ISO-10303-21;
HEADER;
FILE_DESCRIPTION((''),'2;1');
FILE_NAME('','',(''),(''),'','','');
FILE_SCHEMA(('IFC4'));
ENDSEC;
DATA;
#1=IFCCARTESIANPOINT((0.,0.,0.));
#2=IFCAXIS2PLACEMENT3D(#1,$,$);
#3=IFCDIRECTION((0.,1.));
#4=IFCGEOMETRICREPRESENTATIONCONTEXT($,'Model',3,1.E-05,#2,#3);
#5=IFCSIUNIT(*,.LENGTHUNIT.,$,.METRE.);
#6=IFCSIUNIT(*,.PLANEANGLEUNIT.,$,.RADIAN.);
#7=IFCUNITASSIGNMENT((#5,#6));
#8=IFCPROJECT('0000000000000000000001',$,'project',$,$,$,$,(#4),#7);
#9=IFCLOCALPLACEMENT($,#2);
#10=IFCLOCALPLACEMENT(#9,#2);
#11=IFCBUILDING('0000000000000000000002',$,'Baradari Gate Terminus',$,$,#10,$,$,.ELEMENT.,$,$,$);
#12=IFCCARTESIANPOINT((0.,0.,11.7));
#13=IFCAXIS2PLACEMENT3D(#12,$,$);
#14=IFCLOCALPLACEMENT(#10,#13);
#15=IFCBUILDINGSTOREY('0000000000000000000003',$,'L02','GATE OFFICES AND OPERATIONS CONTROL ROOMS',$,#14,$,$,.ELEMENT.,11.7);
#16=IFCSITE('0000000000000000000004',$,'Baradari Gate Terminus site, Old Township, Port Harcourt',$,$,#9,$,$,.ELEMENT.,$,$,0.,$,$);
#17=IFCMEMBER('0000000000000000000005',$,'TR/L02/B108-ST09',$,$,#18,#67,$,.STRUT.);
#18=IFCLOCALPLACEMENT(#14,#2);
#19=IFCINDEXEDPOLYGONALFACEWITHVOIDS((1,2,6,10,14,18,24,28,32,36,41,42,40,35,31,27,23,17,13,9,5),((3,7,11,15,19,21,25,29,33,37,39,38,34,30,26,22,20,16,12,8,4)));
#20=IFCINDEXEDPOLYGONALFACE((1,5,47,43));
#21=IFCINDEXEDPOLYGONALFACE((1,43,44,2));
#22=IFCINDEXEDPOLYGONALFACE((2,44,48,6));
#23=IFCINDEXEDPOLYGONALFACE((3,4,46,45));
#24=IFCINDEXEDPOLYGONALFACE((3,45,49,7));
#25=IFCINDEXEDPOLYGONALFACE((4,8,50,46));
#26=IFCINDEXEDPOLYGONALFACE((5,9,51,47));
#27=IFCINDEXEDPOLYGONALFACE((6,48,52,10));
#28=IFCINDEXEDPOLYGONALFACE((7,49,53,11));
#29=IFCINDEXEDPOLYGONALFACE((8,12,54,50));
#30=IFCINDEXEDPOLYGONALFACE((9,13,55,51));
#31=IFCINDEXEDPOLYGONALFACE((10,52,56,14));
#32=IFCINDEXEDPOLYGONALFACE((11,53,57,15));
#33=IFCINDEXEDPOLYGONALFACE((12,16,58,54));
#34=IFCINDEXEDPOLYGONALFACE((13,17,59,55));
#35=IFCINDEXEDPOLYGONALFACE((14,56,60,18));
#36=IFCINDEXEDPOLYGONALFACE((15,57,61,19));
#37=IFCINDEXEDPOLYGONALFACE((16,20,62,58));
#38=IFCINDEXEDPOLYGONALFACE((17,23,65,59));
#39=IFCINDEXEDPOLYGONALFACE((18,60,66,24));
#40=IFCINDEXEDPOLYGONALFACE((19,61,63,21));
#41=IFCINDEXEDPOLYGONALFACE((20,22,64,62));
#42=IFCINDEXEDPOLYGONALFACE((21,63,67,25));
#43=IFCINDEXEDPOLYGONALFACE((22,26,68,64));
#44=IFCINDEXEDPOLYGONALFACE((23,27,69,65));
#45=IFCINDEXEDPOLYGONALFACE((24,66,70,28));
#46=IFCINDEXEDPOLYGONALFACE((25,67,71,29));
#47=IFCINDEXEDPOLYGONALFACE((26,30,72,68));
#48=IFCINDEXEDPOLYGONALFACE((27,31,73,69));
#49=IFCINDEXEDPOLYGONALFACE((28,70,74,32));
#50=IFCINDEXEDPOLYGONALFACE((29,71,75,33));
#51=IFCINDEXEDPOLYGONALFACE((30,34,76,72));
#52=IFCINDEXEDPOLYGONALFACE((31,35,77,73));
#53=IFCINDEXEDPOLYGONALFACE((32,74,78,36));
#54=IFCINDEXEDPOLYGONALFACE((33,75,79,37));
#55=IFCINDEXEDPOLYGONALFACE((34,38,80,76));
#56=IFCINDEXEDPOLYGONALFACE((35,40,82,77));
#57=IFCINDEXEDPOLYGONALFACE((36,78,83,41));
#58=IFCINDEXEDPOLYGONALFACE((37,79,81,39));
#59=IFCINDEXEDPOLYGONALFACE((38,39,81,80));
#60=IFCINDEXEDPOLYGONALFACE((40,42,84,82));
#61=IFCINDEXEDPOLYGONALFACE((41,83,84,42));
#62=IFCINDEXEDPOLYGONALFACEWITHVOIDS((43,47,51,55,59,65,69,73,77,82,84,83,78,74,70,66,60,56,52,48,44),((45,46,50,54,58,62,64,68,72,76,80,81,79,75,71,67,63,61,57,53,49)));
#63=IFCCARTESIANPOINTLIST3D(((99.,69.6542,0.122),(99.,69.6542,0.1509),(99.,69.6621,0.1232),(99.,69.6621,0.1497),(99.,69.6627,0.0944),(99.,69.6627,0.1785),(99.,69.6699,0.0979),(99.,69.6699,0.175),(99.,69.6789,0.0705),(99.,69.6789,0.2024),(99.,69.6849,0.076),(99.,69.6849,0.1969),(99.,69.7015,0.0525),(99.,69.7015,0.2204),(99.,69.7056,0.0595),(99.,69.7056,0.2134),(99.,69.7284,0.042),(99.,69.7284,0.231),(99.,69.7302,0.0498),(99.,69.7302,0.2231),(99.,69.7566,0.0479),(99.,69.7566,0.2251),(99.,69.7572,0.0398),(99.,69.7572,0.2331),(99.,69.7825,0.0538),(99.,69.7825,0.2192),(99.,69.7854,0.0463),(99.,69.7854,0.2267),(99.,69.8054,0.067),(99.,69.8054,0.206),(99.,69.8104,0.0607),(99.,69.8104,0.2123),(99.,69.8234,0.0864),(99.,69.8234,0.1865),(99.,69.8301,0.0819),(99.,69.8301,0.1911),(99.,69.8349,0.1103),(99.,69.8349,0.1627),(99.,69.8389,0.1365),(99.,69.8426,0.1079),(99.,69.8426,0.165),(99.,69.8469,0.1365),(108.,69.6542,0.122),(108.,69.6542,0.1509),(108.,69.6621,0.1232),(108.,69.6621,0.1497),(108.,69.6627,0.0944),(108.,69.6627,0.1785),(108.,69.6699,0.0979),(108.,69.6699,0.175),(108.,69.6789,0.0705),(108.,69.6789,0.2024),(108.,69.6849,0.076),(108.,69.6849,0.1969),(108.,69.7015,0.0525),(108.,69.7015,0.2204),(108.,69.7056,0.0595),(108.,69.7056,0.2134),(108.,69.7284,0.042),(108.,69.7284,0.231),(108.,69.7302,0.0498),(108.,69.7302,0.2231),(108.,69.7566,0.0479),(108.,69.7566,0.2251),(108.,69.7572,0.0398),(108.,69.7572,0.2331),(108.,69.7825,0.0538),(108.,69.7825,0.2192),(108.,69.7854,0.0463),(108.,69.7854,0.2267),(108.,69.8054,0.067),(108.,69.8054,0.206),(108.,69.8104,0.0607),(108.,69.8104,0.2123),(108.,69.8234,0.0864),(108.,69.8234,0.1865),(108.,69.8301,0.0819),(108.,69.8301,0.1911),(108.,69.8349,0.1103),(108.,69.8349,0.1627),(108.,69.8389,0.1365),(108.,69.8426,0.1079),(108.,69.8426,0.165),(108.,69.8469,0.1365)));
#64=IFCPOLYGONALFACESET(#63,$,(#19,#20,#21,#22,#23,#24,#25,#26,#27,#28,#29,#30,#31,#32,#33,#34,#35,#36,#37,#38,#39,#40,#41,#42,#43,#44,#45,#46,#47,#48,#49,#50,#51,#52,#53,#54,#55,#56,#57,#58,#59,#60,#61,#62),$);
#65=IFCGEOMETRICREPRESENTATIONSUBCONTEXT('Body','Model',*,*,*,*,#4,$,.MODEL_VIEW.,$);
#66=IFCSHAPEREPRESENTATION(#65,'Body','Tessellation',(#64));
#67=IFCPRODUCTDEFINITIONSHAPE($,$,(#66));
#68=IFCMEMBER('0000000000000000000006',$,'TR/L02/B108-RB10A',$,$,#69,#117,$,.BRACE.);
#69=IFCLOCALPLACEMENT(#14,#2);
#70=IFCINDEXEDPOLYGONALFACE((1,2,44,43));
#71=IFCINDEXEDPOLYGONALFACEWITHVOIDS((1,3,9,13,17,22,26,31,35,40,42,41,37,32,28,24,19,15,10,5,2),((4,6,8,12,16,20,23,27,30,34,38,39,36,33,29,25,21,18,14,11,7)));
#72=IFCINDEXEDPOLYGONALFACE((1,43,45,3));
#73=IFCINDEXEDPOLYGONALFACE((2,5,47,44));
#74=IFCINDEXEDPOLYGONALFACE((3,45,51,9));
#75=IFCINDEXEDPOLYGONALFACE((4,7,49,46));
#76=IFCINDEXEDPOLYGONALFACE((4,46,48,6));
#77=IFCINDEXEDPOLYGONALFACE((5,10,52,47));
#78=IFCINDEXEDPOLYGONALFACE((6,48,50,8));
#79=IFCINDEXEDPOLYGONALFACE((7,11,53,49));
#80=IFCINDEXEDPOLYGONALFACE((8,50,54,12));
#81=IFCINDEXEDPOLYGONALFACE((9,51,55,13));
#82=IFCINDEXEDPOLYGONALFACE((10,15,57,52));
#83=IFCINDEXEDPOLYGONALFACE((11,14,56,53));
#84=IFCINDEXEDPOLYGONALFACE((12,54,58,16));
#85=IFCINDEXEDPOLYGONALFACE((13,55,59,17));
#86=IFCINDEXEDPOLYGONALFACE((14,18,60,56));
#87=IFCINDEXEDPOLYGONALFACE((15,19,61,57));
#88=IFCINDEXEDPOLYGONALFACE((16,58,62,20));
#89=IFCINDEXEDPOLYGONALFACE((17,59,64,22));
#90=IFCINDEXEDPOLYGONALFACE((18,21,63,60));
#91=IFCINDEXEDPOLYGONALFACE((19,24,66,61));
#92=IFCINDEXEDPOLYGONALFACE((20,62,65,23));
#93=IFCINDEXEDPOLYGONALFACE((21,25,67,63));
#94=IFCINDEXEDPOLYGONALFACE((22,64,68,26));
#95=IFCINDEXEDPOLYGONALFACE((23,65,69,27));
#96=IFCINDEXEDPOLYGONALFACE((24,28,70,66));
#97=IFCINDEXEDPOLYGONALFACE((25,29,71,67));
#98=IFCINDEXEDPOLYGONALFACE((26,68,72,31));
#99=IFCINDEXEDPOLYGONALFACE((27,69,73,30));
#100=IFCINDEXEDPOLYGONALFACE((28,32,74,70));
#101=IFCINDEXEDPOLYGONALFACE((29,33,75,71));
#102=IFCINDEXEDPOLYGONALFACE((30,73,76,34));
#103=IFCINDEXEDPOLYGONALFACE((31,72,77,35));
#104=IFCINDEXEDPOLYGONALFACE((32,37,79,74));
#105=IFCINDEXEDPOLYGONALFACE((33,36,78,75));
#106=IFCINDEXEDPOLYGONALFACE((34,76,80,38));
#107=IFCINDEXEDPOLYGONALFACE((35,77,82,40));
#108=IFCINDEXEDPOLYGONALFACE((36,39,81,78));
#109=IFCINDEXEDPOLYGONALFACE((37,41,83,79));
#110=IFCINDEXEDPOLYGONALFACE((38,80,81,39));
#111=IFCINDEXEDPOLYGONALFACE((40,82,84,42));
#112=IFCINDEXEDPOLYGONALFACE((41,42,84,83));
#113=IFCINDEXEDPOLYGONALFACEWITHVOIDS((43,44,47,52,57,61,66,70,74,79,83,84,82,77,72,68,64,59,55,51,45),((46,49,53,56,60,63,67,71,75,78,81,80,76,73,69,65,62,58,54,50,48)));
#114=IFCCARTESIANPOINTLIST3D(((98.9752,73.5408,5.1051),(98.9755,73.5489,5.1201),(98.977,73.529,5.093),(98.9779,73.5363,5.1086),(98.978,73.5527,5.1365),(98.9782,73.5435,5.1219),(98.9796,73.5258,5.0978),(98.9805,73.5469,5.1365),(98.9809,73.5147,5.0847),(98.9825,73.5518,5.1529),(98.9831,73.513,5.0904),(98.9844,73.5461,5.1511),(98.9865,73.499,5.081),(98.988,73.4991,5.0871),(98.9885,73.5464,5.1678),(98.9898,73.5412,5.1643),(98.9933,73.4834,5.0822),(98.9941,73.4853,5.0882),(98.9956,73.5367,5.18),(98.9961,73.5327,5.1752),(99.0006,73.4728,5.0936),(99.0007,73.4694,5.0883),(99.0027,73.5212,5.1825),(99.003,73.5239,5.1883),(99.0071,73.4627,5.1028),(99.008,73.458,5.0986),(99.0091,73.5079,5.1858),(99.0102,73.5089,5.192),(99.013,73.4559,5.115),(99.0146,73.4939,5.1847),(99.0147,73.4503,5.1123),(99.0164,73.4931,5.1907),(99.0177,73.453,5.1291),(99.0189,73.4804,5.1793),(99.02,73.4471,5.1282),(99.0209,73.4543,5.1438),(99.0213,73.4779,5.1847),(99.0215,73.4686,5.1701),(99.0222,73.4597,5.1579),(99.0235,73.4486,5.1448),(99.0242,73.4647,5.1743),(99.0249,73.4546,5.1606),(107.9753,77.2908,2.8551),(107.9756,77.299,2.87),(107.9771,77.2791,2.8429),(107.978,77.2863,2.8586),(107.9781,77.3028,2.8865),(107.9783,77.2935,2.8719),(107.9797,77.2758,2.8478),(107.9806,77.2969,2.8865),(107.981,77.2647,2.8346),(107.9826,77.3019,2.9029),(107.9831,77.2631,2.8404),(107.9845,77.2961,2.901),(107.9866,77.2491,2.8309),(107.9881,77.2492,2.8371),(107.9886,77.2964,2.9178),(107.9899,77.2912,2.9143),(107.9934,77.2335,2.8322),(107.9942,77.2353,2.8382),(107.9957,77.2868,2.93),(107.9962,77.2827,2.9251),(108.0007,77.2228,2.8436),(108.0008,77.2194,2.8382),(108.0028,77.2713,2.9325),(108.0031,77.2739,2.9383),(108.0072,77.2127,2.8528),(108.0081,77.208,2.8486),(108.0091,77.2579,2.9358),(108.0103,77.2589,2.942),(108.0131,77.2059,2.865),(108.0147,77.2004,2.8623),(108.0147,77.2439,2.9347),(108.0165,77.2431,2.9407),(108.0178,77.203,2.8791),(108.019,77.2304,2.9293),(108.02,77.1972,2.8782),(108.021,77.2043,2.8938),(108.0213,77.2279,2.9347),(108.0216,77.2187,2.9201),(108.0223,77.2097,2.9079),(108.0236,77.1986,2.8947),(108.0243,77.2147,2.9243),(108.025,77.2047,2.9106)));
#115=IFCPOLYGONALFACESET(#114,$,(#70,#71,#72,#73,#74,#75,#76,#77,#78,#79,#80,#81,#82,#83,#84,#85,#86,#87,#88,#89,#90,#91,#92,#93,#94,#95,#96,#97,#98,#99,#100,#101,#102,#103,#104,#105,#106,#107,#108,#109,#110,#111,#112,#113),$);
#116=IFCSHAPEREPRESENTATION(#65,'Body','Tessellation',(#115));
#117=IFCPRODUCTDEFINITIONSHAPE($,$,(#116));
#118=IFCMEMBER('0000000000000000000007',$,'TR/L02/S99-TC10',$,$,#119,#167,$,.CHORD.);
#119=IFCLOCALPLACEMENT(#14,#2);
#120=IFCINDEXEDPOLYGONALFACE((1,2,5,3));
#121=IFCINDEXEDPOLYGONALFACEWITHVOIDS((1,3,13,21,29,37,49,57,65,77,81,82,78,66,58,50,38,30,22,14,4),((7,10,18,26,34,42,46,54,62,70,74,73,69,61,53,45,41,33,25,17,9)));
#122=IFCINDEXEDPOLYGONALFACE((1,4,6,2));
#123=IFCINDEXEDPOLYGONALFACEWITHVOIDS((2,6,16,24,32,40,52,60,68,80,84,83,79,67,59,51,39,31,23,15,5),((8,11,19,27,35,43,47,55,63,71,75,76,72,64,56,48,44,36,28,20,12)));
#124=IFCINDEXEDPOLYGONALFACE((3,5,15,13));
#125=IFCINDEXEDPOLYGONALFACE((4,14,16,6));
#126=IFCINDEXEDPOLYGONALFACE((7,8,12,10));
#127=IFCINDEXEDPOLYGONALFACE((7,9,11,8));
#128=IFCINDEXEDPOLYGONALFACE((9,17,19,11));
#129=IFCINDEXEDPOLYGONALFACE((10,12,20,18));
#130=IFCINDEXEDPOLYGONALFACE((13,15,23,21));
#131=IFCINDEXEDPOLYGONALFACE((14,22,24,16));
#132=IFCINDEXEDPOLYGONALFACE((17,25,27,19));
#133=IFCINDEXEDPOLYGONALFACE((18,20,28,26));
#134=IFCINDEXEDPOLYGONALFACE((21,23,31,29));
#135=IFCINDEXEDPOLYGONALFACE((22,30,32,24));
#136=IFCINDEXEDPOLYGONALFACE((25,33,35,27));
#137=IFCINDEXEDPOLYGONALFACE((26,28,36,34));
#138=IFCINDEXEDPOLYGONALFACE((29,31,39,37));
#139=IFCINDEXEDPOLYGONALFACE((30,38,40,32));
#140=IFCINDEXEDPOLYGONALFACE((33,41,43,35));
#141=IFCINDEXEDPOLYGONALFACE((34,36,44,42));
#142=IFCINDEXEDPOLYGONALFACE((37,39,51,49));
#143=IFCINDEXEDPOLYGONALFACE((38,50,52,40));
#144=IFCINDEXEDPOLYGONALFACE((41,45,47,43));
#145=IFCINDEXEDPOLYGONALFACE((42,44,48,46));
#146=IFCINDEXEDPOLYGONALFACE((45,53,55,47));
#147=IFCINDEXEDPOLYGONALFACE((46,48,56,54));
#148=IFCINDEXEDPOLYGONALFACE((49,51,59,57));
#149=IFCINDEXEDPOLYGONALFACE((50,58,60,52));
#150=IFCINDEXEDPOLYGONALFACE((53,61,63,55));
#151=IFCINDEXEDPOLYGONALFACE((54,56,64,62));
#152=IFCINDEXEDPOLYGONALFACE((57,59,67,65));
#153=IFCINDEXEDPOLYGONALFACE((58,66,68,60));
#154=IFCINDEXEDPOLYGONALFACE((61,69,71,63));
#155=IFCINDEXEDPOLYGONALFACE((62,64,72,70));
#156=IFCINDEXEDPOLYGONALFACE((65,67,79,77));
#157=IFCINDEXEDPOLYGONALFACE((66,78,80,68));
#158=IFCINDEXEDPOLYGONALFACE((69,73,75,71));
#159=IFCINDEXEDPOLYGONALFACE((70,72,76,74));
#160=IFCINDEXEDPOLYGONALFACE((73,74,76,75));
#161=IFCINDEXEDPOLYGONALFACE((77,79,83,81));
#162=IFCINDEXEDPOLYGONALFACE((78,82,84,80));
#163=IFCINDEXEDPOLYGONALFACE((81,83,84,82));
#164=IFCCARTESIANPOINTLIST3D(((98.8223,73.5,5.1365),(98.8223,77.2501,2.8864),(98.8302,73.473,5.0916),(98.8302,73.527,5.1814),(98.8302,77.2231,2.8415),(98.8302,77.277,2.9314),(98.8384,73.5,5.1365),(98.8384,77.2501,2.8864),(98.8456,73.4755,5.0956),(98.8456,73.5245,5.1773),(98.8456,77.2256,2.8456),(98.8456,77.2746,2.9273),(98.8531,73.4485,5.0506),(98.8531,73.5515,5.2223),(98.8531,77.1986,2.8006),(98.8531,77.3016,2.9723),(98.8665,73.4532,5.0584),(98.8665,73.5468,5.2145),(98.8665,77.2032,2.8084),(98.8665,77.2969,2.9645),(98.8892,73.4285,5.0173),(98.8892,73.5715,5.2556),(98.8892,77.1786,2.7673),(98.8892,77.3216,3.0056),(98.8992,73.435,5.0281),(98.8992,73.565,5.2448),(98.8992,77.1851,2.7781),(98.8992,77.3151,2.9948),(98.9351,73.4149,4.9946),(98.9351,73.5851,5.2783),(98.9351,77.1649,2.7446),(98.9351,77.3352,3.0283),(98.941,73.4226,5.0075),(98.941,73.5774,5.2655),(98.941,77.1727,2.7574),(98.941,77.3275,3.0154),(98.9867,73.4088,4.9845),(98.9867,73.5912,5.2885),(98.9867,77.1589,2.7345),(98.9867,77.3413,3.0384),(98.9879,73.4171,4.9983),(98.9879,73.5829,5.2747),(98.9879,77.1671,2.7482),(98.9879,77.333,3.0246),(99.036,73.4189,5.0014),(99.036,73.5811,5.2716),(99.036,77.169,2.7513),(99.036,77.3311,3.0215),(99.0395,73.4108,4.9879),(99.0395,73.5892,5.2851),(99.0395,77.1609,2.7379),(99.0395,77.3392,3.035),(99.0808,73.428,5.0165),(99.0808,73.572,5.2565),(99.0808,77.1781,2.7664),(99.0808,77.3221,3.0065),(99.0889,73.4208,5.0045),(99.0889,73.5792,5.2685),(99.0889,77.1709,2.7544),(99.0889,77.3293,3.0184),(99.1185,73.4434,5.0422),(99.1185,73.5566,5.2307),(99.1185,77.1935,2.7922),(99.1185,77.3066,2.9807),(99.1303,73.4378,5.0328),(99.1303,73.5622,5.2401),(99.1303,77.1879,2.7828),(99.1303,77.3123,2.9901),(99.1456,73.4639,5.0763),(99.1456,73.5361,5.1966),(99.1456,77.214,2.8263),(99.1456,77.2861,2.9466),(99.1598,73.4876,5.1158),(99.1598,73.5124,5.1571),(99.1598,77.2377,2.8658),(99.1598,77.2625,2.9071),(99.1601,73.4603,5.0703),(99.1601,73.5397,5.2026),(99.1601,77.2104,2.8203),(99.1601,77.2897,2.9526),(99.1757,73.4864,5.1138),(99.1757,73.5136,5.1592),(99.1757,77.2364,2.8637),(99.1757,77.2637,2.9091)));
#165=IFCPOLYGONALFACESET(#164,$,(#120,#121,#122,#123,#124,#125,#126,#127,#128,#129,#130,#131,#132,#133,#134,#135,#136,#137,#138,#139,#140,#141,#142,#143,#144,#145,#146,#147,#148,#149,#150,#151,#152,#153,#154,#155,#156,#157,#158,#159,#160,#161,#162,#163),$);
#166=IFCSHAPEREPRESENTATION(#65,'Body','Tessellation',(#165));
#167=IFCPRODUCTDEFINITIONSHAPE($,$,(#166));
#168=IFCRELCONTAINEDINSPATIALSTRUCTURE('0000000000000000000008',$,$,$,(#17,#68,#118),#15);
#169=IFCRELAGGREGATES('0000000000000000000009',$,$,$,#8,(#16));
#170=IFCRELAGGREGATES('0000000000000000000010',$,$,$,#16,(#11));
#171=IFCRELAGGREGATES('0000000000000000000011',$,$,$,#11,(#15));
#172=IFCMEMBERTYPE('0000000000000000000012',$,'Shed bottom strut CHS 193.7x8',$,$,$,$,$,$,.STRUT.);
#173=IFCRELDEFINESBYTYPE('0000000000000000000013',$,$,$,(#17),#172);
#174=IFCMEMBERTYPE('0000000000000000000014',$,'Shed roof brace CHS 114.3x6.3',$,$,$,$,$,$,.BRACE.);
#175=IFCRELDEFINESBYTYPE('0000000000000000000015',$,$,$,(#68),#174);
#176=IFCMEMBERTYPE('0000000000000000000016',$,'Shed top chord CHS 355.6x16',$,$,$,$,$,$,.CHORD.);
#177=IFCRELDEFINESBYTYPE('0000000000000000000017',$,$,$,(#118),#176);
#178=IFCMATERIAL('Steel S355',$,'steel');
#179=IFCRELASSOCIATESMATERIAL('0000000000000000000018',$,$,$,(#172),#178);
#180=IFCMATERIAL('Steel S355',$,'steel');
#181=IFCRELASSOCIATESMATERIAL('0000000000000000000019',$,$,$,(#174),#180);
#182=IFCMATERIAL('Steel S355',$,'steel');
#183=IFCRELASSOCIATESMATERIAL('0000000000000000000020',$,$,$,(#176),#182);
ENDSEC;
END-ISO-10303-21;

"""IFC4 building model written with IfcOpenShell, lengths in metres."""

from ifc_helpers import new_model, si_unit, direction, frame, origin, origin_2d, place, context, subcontext, project, spatial, hollow_circle, extrude, material, material_profile, profile_set, type_object, element, save


model = new_model("IFC4")

# Units and contexts
model_context = context("Model", 3, precision=1e-05, world=origin(), true_north=direction((0.0, 1.0)))
body_context = subcontext(model_context, "Body", "Model", "MODEL_VIEW")
ifc_project = project(units=[si_unit("LENGTHUNIT", "METRE"), si_unit("PLANEANGLEUNIT", "RADIAN")], contexts=[model_context])

# Site, building, storey
site_placement = place(None, origin())
site = spatial("IfcSite", under=ifc_project, at=site_placement, Name="Baradari Gate Terminus site, Old Township, Port Harcourt", CompositionType="ELEMENT", RefElevation=0.0)
building_placement = place(site_placement, origin())
building = spatial("IfcBuilding", under=site, at=building_placement, Name="Baradari Gate Terminus", CompositionType="ELEMENT")
storey_placement = place(building_placement, frame((0.0, 0.0, 11.7)))
storey = spatial("IfcBuildingStorey", under=building, at=storey_placement, Name="L02", Description="GATE OFFICES AND OPERATIONS CONTROL ROOMS", CompositionType="ELEMENT", Elevation=11.7)

# Members
ifc_material_1 = material(Name="Steel S355", Category="steel")
ifc_material_profile_1 = material_profile(ifc_material_1, hollow_circle(Radius=0.0969, WallThickness=0.0081, at=origin_2d()), Name="CHS 193.7x8")
ifc_profile_set_1 = profile_set([ifc_material_profile_1], Name="Steel S355")
member_type_1 = type_object("IfcMemberType", Name="Shed bottom strut CHS 193.7x8", PredefinedType="STRUT", material=ifc_profile_set_1)
for number, where, z_axis, x_axis, name in (
    (1, (99.0, 69.75, 0.1365), (1.0, 0.0, 0.0), (0.0, 1.0, 0.0), "TR/L02/B108-ST09"),
):
    element("IfcMember", number, at=place(storey_placement, frame(where, z_axis=z_axis, x_axis=x_axis)), inside=storey, type_object=member_type_1, Name=name, PredefinedType="STRUT", context=body_context, shape_type="SweptSolid", body=[
        extrude(hollow_circle(Radius=0.0969, WallThickness=0.0081, at=origin_2d()), origin(), (0.0, 0.0, 1.0), 9.0),
    ])
ifc_material_2 = material(Name="Steel S355", Category="steel")
ifc_material_profile_2 = material_profile(ifc_material_2, hollow_circle(Radius=0.0571, WallThickness=0.0063, at=origin_2d()), Name="CHS 114.3x6.3")
ifc_profile_set_2 = profile_set([ifc_material_profile_2], Name="Steel S355")
member_type_2 = type_object("IfcMemberType", Name="Shed roof brace CHS 114.3x6.3", PredefinedType="BRACE", material=ifc_profile_set_2)
member_1_placement = place(storey_placement, frame((99.0, 73.5, 5.1365), z_axis=(0.899438, 0.374766, -0.22486), x_axis=(-0.384615, 0.923077, 0.0)))
element("IfcMember", 2, at=member_1_placement, inside=storey, type_object=member_type_2, Name="TR/L02/B108-RB10A", PredefinedType="BRACE", context=body_context, shape_type="SweptSolid", body=[
    extrude(hollow_circle(Radius=0.0571, WallThickness=0.0063, at=origin_2d()), origin(), (0.0, 0.0, 1.0), 10.0063),
])
ifc_material_3 = material(Name="Steel S355", Category="steel")
ifc_material_profile_3 = material_profile(ifc_material_3, hollow_circle(Radius=0.1777, WallThickness=0.0161, at=origin_2d()), Name="CHS 355.6x16")
ifc_profile_set_3 = profile_set([ifc_material_profile_3], Name="Steel S355")
member_type_3 = type_object("IfcMemberType", Name="Shed top chord CHS 355.6x16", PredefinedType="CHORD", material=ifc_profile_set_3)
member_2_placement = place(storey_placement, frame((99.0, 73.5, 5.1365), z_axis=(0.0, 0.857493, -0.514496), x_axis=(-1.0, 0.0, 0.0)))
element("IfcMember", 3, at=member_2_placement, inside=storey, type_object=member_type_3, Name="TR/L02/S99-TC10", PredefinedType="CHORD", context=body_context, shape_type="SweptSolid", body=[
    extrude(hollow_circle(Radius=0.1777, WallThickness=0.0161, at=origin_2d()), origin(), (0.0, 0.0, 1.0), 4.3733),
])

save(model, "model.ifc")
